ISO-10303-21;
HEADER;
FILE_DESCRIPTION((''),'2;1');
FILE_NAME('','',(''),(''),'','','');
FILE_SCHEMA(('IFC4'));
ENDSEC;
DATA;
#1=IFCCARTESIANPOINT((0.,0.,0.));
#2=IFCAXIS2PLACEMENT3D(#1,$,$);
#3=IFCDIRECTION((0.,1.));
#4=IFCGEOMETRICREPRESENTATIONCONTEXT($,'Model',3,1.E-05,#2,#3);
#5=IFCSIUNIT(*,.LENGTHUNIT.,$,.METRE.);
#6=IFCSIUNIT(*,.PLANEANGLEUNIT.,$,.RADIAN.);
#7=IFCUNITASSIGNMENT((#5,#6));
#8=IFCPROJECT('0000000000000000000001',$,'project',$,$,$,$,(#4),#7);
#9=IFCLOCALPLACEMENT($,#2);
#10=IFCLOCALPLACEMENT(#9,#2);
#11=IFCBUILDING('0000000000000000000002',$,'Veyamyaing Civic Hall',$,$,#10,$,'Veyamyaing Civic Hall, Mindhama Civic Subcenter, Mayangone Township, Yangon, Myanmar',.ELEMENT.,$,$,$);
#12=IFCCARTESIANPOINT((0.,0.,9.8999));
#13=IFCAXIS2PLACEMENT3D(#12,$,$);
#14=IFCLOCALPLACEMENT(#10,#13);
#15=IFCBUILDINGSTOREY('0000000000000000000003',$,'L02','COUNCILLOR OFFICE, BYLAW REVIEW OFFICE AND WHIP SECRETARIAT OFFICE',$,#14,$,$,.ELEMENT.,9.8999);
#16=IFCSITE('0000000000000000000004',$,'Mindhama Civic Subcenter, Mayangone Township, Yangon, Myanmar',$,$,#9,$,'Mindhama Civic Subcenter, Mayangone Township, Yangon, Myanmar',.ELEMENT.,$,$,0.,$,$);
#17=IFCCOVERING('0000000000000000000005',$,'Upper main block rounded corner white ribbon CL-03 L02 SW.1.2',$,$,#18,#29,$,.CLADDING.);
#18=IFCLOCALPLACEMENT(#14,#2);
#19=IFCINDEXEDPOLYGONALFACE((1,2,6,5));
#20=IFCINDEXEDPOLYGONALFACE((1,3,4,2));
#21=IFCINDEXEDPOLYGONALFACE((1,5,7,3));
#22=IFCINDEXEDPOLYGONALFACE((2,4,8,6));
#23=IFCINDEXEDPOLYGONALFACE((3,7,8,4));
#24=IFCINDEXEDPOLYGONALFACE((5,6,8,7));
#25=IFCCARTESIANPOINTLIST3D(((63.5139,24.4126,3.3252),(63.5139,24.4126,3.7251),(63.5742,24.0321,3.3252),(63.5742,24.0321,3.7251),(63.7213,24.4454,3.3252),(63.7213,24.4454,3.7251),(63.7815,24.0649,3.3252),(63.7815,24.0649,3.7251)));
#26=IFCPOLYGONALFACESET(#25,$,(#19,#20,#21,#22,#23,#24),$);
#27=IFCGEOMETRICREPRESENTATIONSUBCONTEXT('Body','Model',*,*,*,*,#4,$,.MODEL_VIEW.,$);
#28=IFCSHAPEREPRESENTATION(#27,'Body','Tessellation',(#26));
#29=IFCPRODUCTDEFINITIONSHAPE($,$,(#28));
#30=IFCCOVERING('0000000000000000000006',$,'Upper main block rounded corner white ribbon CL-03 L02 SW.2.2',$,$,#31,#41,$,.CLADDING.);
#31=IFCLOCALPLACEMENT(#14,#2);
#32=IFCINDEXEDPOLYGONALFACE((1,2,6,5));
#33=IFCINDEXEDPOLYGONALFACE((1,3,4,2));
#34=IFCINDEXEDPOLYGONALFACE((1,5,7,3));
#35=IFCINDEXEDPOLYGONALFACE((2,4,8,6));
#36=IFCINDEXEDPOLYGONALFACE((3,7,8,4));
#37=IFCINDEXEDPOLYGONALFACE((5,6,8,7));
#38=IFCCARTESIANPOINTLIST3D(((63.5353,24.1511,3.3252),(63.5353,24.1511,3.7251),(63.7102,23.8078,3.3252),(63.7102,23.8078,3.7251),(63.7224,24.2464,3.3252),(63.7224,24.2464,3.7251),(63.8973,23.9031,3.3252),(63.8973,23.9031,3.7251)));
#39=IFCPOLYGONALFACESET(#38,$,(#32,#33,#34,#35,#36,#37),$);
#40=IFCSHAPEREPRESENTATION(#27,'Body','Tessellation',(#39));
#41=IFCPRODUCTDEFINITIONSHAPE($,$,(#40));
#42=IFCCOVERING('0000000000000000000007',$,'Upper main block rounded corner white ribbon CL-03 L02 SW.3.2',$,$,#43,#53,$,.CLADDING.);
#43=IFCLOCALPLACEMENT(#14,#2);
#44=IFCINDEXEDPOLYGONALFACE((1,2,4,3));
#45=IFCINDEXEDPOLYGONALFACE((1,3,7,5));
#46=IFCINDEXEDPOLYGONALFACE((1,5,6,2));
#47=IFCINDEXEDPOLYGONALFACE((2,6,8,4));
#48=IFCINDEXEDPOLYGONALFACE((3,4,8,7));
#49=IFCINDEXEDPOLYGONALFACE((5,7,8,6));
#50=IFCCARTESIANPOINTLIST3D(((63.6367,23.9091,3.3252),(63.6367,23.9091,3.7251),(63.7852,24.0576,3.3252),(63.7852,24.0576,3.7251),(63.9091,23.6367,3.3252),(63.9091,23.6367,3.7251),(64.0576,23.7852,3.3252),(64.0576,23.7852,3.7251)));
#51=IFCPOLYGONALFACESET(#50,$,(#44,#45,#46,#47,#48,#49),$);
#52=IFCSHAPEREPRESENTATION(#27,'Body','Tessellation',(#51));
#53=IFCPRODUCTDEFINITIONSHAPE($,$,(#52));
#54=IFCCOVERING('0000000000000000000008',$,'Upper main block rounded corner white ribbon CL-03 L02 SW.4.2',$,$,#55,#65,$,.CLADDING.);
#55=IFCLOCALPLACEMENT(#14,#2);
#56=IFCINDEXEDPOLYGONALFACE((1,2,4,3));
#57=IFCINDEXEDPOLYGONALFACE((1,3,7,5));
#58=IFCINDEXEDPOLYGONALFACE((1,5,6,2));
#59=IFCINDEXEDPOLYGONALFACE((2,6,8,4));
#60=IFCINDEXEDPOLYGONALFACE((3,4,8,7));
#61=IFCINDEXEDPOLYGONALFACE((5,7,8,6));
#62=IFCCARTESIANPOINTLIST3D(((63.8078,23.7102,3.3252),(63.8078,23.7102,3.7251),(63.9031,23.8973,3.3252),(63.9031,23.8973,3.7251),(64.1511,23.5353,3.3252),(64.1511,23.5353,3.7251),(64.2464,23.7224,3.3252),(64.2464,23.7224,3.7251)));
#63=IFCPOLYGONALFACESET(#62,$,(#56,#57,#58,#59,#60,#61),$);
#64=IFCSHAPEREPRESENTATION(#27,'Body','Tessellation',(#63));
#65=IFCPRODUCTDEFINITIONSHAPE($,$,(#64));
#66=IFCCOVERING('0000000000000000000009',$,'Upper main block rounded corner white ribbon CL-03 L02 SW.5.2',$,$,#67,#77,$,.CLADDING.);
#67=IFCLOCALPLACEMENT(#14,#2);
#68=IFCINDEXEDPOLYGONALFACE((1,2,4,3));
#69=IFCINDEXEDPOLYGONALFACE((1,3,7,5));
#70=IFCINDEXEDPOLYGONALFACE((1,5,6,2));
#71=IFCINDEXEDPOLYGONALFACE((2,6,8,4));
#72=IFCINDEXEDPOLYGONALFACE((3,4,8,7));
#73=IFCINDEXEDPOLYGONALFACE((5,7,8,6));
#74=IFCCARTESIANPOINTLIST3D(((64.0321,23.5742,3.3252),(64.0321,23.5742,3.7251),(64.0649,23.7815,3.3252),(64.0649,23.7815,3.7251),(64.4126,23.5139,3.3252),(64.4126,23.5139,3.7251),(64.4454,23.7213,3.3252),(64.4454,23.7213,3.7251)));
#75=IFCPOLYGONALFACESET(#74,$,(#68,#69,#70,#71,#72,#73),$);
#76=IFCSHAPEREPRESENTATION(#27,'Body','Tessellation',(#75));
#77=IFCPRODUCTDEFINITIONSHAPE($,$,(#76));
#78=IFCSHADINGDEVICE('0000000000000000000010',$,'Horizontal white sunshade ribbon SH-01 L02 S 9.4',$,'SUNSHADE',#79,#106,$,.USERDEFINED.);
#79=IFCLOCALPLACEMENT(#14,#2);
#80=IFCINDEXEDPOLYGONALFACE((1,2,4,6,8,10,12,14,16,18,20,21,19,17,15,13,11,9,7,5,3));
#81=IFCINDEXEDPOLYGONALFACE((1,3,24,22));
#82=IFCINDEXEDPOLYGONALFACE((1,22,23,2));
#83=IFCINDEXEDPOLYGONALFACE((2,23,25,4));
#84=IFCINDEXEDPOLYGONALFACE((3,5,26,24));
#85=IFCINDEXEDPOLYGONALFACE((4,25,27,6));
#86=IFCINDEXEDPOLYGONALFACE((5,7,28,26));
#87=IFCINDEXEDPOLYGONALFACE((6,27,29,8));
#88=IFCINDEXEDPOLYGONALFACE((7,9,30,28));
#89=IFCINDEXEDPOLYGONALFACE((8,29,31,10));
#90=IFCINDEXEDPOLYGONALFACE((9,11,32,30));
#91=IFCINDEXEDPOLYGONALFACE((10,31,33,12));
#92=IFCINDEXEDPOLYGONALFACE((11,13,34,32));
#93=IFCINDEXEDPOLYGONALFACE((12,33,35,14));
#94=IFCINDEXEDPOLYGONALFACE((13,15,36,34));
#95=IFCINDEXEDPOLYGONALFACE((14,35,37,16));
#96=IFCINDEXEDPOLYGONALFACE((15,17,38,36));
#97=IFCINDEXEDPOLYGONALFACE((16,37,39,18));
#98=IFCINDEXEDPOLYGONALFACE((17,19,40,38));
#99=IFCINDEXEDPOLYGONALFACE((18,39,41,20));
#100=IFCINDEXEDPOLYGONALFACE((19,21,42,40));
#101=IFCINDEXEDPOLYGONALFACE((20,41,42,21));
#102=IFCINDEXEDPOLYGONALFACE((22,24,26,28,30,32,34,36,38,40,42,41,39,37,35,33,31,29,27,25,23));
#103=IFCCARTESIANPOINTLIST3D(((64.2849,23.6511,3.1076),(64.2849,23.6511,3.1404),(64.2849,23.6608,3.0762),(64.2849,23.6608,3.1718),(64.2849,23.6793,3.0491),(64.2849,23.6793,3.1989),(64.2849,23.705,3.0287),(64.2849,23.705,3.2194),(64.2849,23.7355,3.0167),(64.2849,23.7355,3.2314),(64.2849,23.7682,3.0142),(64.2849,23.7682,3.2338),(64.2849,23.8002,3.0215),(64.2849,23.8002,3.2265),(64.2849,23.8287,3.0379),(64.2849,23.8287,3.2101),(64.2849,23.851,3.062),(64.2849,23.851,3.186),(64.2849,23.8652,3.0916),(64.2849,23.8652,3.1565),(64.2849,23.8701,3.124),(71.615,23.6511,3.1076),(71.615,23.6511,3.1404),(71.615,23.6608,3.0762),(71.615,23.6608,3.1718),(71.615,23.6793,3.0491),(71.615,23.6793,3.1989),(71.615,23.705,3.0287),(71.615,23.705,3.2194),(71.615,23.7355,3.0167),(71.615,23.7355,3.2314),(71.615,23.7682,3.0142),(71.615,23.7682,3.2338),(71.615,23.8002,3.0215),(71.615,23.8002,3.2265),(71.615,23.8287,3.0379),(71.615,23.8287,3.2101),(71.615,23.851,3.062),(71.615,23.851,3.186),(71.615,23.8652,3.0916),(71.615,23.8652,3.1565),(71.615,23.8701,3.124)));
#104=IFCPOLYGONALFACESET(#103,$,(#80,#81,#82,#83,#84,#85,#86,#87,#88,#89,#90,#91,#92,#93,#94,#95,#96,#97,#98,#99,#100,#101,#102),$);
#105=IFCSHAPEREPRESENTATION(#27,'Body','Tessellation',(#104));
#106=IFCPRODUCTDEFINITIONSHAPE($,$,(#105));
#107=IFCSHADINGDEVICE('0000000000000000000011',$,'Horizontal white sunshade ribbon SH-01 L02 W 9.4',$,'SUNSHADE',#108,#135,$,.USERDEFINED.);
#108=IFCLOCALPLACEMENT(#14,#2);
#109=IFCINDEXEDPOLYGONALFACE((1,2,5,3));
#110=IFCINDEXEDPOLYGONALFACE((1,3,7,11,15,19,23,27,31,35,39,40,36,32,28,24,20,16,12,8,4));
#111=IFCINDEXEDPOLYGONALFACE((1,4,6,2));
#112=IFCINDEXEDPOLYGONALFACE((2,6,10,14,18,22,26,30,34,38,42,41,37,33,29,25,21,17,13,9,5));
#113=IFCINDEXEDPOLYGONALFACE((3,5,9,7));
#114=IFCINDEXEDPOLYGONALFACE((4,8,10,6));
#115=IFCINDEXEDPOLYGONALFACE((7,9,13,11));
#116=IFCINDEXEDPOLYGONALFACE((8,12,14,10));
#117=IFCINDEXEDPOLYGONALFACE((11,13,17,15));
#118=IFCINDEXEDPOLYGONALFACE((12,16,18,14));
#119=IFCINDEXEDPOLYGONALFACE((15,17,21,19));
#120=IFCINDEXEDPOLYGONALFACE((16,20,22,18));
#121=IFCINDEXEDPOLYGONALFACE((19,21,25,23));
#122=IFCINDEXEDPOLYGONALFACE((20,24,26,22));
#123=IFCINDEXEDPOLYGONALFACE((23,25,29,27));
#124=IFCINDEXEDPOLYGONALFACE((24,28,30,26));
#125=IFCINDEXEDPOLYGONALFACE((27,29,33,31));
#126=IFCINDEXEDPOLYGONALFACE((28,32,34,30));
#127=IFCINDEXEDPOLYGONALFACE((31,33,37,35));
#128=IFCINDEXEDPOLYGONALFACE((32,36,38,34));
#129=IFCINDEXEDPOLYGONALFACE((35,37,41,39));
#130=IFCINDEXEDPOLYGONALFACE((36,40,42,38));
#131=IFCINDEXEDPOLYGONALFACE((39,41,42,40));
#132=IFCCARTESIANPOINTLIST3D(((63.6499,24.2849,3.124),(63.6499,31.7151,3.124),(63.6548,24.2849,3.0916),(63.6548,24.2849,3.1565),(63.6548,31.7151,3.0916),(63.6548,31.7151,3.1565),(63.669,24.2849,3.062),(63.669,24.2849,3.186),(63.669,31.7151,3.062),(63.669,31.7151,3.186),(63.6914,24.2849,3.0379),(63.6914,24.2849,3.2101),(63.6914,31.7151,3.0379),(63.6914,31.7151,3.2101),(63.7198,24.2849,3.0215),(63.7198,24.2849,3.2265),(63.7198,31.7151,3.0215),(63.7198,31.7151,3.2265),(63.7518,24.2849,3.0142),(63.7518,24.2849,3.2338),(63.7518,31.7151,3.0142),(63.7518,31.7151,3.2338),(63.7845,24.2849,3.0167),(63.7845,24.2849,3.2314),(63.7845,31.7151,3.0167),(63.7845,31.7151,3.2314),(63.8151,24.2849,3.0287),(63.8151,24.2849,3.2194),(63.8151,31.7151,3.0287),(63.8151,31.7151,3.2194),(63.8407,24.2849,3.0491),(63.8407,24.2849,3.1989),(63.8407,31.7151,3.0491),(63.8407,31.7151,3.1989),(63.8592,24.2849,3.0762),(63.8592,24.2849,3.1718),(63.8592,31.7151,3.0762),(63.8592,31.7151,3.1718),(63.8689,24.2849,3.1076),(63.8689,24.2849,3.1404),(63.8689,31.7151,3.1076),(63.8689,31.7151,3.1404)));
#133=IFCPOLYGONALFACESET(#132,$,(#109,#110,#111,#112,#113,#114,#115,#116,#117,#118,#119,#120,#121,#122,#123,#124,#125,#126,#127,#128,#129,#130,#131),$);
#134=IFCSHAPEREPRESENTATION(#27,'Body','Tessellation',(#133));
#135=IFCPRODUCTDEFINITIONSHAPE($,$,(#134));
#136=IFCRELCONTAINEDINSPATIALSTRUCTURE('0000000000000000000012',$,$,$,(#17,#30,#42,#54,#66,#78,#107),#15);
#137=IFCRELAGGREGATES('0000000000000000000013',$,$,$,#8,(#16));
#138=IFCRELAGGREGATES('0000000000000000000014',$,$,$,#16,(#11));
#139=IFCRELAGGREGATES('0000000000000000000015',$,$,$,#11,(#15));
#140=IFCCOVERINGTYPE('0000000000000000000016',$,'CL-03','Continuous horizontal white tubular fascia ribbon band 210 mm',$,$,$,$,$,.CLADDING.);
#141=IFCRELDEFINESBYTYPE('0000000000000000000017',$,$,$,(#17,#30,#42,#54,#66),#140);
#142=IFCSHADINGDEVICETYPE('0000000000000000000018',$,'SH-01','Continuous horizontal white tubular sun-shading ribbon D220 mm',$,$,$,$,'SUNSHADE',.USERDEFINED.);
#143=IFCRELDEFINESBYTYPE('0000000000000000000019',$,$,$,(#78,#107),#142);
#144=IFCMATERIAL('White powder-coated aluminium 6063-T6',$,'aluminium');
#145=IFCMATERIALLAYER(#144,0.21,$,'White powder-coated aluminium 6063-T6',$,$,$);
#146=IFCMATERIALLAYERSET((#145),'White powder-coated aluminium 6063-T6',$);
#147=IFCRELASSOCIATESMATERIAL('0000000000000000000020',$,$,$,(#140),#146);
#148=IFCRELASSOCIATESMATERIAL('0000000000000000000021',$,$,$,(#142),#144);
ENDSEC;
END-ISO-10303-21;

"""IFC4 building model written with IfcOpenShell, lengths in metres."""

from ifc_helpers import new_model, si_unit, direction, frame, origin, origin_2d, place, context, subcontext, project, spatial, rectangle, circle, extrude, material, layer, layer_set, material_profile, profile_set, type_object, element, save


model = new_model("IFC4")

# Units and contexts
model_context = context("Model", 3, precision=1e-05, world=origin(), true_north=direction((0.0, 1.0)))
body_context = subcontext(model_context, "Body", "Model", "MODEL_VIEW")
ifc_project = project(units=[si_unit("LENGTHUNIT", "METRE"), si_unit("PLANEANGLEUNIT", "RADIAN")], contexts=[model_context])

# Site, building, storey
site_placement = place(None, origin())
site = spatial("IfcSite", under=ifc_project, at=site_placement, Name="Mindhama Civic Subcenter, Mayangone Township, Yangon, Myanmar", LongName="Mindhama Civic Subcenter, Mayangone Township, Yangon, Myanmar", CompositionType="ELEMENT", RefElevation=0.0)
building_placement = place(site_placement, origin())
building = spatial("IfcBuilding", under=site, at=building_placement, Name="Veyamyaing Civic Hall", LongName="Veyamyaing Civic Hall, Mindhama Civic Subcenter, Mayangone Township, Yangon, Myanmar", CompositionType="ELEMENT")
storey_placement = place(building_placement, frame((0.0, 0.0, 9.8999)))
storey = spatial("IfcBuildingStorey", under=building, at=storey_placement, Name="L02", Description="COUNCILLOR OFFICE, BYLAW REVIEW OFFICE AND WHIP SECRETARIAT OFFICE", CompositionType="ELEMENT", Elevation=9.8999)

# Coverings
ifc_material_1 = material(Name="White powder-coated aluminium 6063-T6", Category="aluminium")
ifc_layer_1 = layer(ifc_material_1, 0.21, Name="White powder-coated aluminium 6063-T6")
ifc_layer_set_1 = layer_set([ifc_layer_1], Name="White powder-coated aluminium 6063-T6")
covering_type = type_object("IfcCoveringType", Name="CL-03", Description="Continuous horizontal white tubular fascia ribbon band 210 mm", PredefinedType="CLADDING", material=ifc_layer_set_1)
for number, where, z_axis, x_axis, name in (
    (1, (63.6477, 24.2388, 3.3252), (0.0, 0.0, 1.0), (0.156434, -0.987688, 0.0), "Upper main block rounded corner white ribbon CL-03 L02 SW.1.2"),
    (2, (63.7163, 24.0271, 3.3252), (0.0, 0.0, 1.0), (0.45399, -0.891007, 0.0), "Upper main block rounded corner white ribbon CL-03 L02 SW.2.2"),
    (3, (63.8472, 23.8472, 3.3252), (0.0, 0.0, 1.0), (0.707107, -0.707107, 0.0), "Upper main block rounded corner white ribbon CL-03 L02 SW.3.2"),
    (4, (64.0271, 23.7163, 3.3252), (0.0, 0.0, 1.0), (0.891007, -0.45399, 0.0), "Upper main block rounded corner white ribbon CL-03 L02 SW.4.2"),
    (5, (64.2388, 23.6477, 3.3252), (0.0, 0.0, 1.0), (0.987688, -0.156434, 0.0), "Upper main block rounded corner white ribbon CL-03 L02 SW.5.2"),
):
    element("IfcCovering", number, at=place(storey_placement, frame(where, z_axis=z_axis, x_axis=x_axis)), inside=storey, type_object=covering_type, Name=name, PredefinedType="CLADDING", context=body_context, shape_type="SweptSolid", body=[
        extrude(rectangle(XDim=0.3853, YDim=0.21, at=origin_2d()), origin(), (0.0, 0.0, 1.0), 0.3999),
    ])

# Shading devices
ifc_material_profile_1 = material_profile(ifc_material_1, circle(Radius=0.1101, at=origin_2d()), Name="SHADE-TUBE-220")
ifc_profile_set_1 = profile_set([ifc_material_profile_1], Name="White powder-coated aluminium 6063-T6")
shading_device_type = type_object("IfcShadingDeviceType", Name="SH-01", Description="Continuous horizontal white tubular sun-shading ribbon D220 mm", ElementType="SUNSHADE", PredefinedType="USERDEFINED", material=ifc_profile_set_1)
shading_device_1_placement = place(storey_placement, frame((64.2849, 23.76, 3.124), z_axis=(1.0, 0.0, 0.0), x_axis=(0.0, 1.0, 0.0)))
element("IfcShadingDevice", 6, at=shading_device_1_placement, inside=storey, type_object=shading_device_type, Name="Horizontal white sunshade ribbon SH-01 L02 S 9.4", ObjectType="SUNSHADE", PredefinedType="USERDEFINED", context=body_context, shape_type="SweptSolid", body=[
    extrude(circle(Radius=0.1101, at=origin_2d()), origin(), (0.0, 0.0, 1.0), 7.3301),
])
shading_device_2_placement = place(storey_placement, frame((63.76, 24.2849, 3.124), z_axis=(0.0, 1.0, 0.0), x_axis=(-1.0, 0.0, 0.0)))
element("IfcShadingDevice", 7, at=shading_device_2_placement, inside=storey, type_object=shading_device_type, Name="Horizontal white sunshade ribbon SH-01 L02 W 9.4", ObjectType="SUNSHADE", PredefinedType="USERDEFINED", context=body_context, shape_type="SweptSolid", body=[
    extrude(circle(Radius=0.1101, at=origin_2d()), origin(), (0.0, 0.0, 1.0), 7.4302),
])

save(model, "model.ifc")
